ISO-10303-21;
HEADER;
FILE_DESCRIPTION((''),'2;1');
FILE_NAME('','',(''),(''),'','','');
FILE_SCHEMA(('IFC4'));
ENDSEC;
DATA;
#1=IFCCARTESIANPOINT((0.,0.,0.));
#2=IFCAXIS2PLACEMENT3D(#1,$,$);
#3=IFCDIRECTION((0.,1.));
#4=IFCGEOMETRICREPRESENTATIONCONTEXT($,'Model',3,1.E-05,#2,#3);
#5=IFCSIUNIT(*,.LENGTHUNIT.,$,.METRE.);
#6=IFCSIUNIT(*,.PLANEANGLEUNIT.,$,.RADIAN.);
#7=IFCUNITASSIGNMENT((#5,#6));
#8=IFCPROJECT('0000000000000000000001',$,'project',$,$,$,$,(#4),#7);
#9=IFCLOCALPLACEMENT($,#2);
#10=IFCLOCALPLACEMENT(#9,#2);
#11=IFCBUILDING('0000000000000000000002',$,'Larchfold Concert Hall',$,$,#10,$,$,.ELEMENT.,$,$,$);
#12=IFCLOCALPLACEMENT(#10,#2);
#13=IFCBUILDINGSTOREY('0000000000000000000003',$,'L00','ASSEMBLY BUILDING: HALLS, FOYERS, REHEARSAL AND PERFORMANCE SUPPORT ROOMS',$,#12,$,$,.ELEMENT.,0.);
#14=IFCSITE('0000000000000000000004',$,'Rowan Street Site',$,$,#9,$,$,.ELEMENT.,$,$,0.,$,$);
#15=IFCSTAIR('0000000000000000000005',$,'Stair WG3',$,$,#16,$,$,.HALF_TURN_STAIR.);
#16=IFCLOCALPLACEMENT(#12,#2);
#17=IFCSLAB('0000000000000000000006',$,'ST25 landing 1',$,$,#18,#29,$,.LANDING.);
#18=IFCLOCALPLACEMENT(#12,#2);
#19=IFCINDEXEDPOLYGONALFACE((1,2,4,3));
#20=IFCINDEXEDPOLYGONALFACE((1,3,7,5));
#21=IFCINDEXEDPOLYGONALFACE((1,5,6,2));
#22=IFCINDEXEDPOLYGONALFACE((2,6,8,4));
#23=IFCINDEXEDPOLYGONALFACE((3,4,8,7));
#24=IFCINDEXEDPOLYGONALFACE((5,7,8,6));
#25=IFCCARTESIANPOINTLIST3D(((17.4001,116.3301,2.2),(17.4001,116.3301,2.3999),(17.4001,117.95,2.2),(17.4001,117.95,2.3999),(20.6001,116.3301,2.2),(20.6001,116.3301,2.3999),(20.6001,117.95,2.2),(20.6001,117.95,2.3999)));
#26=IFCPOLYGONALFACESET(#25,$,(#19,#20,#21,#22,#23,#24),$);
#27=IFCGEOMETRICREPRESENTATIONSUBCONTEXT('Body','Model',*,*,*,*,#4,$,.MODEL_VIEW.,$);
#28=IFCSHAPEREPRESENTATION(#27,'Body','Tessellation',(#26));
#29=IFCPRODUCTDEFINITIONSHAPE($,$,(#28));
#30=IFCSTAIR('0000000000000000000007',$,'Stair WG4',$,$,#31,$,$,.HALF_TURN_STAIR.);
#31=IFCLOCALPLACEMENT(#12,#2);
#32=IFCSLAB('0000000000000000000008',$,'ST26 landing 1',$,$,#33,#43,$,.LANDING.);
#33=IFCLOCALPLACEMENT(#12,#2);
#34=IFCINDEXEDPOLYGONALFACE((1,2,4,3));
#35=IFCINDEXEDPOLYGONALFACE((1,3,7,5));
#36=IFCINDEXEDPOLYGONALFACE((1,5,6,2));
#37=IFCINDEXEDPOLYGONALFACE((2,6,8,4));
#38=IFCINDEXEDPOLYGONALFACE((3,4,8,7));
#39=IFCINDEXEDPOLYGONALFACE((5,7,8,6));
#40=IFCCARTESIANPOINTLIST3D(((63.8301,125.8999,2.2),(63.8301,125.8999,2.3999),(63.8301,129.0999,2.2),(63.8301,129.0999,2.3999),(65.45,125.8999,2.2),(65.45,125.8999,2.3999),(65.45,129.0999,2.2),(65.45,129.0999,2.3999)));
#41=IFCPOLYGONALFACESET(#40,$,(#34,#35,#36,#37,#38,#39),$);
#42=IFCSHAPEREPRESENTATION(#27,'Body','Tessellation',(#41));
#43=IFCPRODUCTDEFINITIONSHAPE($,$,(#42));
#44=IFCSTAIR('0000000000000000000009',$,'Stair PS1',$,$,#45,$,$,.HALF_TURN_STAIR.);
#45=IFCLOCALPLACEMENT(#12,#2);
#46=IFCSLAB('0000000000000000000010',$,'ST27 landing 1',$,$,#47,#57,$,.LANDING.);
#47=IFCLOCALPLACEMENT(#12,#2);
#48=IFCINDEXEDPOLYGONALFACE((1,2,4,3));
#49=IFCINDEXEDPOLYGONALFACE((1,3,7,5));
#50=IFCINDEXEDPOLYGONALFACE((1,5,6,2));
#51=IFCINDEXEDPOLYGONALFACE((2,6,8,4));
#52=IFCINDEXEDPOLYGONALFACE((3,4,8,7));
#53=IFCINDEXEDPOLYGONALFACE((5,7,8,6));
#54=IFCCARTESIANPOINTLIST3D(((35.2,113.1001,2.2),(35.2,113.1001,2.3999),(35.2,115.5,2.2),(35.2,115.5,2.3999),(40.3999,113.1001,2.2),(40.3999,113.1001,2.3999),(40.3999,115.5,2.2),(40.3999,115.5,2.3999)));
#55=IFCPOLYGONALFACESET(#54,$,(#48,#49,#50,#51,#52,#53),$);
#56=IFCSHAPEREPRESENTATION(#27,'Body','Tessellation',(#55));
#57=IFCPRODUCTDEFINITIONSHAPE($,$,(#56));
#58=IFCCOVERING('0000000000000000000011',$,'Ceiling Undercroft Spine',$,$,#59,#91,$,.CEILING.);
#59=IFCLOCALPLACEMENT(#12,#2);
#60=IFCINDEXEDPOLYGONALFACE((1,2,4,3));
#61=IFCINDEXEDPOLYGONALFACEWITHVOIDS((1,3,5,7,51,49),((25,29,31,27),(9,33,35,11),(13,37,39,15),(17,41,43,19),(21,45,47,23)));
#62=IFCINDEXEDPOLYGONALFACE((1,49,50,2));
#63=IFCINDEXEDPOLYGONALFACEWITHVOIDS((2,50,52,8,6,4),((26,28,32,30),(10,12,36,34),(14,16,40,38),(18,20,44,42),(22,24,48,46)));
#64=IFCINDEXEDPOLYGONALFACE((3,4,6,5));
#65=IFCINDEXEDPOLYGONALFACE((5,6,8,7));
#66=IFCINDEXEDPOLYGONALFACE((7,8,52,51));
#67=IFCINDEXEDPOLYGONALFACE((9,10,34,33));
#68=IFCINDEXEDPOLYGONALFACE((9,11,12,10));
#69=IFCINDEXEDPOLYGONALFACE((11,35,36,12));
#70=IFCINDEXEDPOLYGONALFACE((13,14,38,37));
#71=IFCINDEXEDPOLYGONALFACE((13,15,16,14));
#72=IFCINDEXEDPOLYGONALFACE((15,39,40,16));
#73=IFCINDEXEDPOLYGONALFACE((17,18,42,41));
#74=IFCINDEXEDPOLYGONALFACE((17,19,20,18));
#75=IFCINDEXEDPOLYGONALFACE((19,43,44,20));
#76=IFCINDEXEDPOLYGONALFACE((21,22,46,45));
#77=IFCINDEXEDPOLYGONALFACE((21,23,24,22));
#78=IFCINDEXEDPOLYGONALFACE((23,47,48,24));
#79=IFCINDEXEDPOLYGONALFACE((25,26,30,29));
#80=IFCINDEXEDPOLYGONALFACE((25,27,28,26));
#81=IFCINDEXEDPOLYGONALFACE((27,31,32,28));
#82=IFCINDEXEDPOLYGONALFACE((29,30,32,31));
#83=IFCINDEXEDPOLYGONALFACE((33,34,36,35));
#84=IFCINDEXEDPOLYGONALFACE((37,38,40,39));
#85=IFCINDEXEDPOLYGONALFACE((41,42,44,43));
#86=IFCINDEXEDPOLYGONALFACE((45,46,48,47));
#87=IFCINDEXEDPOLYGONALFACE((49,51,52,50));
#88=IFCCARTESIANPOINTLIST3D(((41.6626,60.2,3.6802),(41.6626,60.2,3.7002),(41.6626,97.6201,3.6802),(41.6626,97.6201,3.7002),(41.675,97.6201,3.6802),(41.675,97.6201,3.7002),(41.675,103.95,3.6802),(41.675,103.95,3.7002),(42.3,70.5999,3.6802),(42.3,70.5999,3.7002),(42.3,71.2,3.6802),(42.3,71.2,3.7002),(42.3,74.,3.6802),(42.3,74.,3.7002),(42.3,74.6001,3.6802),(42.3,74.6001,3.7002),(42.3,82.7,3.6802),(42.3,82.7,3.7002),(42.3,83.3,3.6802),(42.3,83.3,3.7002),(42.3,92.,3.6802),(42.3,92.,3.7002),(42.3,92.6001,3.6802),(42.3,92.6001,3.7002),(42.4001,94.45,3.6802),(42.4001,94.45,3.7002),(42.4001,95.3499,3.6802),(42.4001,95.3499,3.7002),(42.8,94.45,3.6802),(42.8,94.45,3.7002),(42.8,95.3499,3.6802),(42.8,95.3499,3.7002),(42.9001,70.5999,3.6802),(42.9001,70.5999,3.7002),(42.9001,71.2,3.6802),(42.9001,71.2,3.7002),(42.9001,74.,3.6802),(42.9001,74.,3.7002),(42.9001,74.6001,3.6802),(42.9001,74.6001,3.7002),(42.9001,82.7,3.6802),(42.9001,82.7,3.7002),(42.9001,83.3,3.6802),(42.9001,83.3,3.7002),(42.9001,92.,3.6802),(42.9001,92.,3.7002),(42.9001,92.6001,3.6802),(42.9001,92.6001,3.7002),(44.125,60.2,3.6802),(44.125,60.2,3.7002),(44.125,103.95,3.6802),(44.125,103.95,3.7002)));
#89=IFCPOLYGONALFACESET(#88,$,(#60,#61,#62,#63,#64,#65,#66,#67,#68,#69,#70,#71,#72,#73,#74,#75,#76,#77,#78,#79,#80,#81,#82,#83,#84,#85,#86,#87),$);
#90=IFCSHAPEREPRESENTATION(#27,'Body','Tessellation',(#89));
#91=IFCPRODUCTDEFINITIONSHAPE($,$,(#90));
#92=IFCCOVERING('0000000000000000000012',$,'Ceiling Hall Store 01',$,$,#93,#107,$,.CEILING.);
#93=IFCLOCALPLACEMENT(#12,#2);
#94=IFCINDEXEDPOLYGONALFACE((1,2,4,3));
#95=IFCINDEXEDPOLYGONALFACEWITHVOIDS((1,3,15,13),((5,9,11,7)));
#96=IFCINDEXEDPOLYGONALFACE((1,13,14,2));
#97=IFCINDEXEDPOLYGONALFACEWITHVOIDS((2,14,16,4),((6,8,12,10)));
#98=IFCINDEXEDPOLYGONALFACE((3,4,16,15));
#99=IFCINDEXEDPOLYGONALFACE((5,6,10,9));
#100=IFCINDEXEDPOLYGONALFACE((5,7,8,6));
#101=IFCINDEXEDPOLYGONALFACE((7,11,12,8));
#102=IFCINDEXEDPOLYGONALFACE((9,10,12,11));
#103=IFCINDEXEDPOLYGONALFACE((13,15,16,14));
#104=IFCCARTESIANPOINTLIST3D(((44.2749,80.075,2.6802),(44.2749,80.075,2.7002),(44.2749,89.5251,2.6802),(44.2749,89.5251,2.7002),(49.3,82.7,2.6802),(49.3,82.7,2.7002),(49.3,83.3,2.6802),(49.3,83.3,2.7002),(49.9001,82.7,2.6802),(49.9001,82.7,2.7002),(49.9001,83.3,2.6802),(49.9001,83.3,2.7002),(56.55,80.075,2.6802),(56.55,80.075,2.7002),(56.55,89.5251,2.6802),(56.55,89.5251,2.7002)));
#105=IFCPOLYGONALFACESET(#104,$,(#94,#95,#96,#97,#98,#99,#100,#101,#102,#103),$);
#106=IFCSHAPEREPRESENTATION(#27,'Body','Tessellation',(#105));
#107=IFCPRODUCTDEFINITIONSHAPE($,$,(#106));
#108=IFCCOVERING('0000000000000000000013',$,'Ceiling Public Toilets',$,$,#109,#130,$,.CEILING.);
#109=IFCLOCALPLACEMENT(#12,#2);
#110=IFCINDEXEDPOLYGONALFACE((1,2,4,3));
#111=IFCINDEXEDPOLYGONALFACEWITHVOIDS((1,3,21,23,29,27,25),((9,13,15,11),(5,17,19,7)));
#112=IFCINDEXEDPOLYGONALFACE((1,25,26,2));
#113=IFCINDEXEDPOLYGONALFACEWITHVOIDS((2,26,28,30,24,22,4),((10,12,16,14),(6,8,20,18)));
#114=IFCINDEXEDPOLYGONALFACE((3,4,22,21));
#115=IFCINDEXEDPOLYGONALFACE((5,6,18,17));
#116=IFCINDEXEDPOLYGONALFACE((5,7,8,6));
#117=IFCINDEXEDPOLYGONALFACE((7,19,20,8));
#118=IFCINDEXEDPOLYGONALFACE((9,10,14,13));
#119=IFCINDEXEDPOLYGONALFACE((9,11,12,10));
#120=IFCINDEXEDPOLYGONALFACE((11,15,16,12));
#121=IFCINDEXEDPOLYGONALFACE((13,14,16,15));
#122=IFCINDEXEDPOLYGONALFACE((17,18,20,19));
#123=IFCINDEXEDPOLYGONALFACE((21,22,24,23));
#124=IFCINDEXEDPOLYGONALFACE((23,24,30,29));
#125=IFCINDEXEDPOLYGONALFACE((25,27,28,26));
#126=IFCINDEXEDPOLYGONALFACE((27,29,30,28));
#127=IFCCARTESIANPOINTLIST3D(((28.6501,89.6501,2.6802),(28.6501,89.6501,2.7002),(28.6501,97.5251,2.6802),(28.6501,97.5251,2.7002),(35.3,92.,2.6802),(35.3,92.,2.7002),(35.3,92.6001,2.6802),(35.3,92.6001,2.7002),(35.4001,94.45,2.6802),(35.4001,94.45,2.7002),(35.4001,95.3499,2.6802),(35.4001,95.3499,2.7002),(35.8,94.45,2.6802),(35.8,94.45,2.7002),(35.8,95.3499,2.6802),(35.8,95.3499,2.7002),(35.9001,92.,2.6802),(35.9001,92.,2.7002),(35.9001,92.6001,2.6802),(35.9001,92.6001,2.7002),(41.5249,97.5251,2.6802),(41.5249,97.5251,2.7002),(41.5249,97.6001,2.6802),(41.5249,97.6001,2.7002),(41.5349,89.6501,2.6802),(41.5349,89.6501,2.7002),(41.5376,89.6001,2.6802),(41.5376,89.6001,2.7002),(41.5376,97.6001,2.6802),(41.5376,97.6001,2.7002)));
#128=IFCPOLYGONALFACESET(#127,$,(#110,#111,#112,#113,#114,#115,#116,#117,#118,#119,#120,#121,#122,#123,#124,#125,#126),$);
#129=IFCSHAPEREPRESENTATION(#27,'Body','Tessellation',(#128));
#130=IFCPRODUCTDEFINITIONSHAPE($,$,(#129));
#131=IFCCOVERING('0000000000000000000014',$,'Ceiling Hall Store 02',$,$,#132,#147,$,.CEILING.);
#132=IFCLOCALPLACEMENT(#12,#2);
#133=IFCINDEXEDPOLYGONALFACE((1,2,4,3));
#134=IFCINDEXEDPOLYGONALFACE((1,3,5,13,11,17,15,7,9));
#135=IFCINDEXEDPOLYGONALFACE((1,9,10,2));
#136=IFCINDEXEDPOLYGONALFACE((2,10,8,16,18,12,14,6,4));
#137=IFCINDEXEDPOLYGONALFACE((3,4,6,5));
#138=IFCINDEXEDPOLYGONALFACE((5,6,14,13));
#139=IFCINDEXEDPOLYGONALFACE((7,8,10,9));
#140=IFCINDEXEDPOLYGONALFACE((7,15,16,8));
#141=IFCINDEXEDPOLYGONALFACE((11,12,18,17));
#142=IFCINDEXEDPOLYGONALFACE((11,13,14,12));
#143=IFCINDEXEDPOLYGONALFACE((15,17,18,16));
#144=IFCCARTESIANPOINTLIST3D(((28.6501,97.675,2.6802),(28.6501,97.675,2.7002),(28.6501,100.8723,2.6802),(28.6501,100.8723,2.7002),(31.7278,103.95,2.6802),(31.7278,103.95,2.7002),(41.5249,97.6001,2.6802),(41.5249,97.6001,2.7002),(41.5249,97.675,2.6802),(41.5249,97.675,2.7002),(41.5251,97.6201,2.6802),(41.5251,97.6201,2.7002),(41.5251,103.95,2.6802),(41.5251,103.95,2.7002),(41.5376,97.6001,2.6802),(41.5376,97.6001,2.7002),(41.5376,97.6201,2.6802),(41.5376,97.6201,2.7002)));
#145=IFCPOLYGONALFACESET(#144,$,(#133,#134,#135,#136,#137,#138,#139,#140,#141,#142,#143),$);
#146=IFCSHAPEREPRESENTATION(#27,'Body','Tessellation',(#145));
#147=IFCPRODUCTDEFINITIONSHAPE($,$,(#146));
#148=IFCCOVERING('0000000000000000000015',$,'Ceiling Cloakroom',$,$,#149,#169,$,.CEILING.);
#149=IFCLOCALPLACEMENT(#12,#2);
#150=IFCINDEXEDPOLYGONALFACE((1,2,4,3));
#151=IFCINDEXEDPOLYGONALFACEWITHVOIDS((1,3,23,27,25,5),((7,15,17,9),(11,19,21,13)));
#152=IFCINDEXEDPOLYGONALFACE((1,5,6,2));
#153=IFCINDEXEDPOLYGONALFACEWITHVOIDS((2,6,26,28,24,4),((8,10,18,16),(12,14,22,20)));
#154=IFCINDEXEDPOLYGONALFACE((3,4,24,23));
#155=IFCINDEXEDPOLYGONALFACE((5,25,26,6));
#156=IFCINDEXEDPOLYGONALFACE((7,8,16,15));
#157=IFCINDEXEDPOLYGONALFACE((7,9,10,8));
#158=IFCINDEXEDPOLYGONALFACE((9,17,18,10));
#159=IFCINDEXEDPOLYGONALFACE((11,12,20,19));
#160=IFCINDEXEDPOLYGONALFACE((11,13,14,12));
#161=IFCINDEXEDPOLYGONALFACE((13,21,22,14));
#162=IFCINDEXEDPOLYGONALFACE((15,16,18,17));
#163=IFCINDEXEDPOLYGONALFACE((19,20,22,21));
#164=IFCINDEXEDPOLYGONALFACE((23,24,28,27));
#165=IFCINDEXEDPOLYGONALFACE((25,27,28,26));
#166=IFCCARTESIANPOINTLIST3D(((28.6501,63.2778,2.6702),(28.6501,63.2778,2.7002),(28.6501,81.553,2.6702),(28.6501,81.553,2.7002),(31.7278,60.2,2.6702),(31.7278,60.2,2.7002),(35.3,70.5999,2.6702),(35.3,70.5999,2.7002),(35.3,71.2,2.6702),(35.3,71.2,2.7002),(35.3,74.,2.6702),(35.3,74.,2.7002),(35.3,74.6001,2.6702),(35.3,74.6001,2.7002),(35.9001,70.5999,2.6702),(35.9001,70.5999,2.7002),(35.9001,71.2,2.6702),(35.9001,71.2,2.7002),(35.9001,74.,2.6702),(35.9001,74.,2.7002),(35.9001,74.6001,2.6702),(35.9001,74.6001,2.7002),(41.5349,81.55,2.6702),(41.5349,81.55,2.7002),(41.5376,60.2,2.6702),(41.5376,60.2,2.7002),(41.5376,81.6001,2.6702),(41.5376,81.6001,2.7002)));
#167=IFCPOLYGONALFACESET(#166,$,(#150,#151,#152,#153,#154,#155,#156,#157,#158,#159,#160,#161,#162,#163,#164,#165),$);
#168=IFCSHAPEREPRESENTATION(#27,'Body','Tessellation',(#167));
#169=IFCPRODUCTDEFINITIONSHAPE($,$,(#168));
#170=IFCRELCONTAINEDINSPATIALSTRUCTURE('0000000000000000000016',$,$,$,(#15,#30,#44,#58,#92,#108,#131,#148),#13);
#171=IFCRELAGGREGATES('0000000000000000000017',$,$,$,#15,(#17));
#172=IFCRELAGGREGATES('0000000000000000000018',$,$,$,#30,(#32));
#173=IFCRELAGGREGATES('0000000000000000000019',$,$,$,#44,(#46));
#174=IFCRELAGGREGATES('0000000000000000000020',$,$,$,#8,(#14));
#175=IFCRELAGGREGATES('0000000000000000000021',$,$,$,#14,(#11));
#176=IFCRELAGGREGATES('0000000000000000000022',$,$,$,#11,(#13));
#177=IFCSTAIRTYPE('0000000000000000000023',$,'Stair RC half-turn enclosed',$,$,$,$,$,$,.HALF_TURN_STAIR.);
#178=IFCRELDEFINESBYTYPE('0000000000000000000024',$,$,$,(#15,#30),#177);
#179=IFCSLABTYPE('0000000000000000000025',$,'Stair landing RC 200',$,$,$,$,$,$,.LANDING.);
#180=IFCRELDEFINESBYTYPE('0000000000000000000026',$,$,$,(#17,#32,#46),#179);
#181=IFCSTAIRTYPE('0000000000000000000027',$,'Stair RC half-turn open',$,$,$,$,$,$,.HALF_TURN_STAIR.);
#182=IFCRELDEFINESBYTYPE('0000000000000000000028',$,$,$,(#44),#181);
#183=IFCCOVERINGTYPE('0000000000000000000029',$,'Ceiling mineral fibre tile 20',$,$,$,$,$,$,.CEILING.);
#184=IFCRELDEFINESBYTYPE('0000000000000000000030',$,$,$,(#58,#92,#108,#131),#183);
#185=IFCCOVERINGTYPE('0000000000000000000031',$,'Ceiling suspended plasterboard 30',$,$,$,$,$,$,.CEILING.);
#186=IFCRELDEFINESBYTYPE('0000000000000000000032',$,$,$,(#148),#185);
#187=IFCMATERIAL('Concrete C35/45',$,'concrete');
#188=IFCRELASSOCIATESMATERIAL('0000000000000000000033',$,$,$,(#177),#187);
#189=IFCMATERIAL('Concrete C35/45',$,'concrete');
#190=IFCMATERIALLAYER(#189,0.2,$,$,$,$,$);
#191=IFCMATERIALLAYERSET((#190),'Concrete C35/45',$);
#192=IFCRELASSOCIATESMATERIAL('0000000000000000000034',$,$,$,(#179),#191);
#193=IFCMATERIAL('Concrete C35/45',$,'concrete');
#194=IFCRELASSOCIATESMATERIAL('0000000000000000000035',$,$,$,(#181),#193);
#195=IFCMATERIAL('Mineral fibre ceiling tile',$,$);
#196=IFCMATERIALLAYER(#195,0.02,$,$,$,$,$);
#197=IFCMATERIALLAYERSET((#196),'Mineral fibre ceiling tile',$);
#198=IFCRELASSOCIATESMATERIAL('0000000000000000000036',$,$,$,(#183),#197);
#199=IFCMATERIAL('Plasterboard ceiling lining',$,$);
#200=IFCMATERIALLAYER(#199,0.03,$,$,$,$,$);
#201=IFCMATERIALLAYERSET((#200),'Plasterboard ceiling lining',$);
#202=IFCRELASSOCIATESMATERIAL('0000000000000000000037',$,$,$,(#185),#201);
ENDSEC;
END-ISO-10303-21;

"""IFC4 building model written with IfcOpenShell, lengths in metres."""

from ifc_helpers import new_model, si_unit, direction, frame, origin, place, context, subcontext, project, spatial, polyline, outline, extrude, material, layer, layer_set, type_object, element, aggregate, save


model = new_model("IFC4")

# Units and contexts
model_context = context("Model", 3, precision=1e-05, world=origin(), true_north=direction((0.0, 1.0)))
body_context = subcontext(model_context, "Body", "Model", "MODEL_VIEW")
ifc_project = project(units=[si_unit("LENGTHUNIT", "METRE"), si_unit("PLANEANGLEUNIT", "RADIAN")], contexts=[model_context])

# Site, building, storey
site_placement = place(None, origin())
site = spatial("IfcSite", under=ifc_project, at=site_placement, Name="Rowan Street Site", CompositionType="ELEMENT", RefElevation=0.0)
building_placement = place(site_placement, origin())
building = spatial("IfcBuilding", under=site, at=building_placement, Name="Larchfold Concert Hall", CompositionType="ELEMENT")
storey_placement = place(building_placement, origin())
storey = spatial("IfcBuildingStorey", under=building, at=storey_placement, Name="L00", Description="ASSEMBLY BUILDING: HALLS, FOYERS, REHEARSAL AND PERFORMANCE SUPPORT ROOMS", CompositionType="ELEMENT", Elevation=0.0)

# Stairs, slabs
ifc_material_1 = material(Name="Concrete C35/45", Category="concrete")
stair_type_1 = type_object("IfcStairType", Name="Stair RC half-turn enclosed", PredefinedType="HALF_TURN_STAIR", material=ifc_material_1)
ifc_material_2 = material(Name="Concrete C35/45", Category="concrete")
ifc_layer_1 = layer(ifc_material_2, 0.2)
ifc_layer_set_1 = layer_set([ifc_layer_1], Name="Concrete C35/45")
slab_type = type_object("IfcSlabType", Name="Stair landing RC 200", PredefinedType="LANDING", material=ifc_layer_set_1)
stair_1_placement = place(storey_placement, origin())
stair_1 = element("IfcStair", 1, at=stair_1_placement, inside=storey, type_object=stair_type_1, Name="Stair WG3", PredefinedType="HALF_TURN_STAIR")
slab_1_placement = place(storey_placement, frame((0.0, 0.0, 2.2)))
slab_1 = element("IfcSlab", 2, at=slab_1_placement, type_object=slab_type, Name="ST25 landing 1", PredefinedType="LANDING", context=body_context, shape_type="SweptSolid", body=[
    extrude(outline(polyline([(20.6001, 116.3301), (20.6001, 117.95), (17.4001, 117.95), (17.4001, 116.3301), (20.6001, 116.3301)])), origin(), (0.0, 0.0, 1.0), 0.2),
])
aggregate(stair_1, [slab_1])
stair_2_placement = place(storey_placement, origin())
stair_2 = element("IfcStair", 3, at=stair_2_placement, inside=storey, type_object=stair_type_1, Name="Stair WG4", PredefinedType="HALF_TURN_STAIR")
slab_2_placement = place(storey_placement, frame((0.0, 0.0, 2.2)))
slab_2 = element("IfcSlab", 4, at=slab_2_placement, type_object=slab_type, Name="ST26 landing 1", PredefinedType="LANDING", context=body_context, shape_type="SweptSolid", body=[
    extrude(outline(polyline([(63.8301, 125.8999), (65.45, 125.8999), (65.45, 129.0999), (63.8301, 129.0999), (63.8301, 125.8999)])), origin(), (0.0, 0.0, 1.0), 0.2),
])
aggregate(stair_2, [slab_2])
ifc_material_3 = material(Name="Concrete C35/45", Category="concrete")
stair_type_2 = type_object("IfcStairType", Name="Stair RC half-turn open", PredefinedType="HALF_TURN_STAIR", material=ifc_material_3)
stair_3_placement = place(storey_placement, origin())
stair_3 = element("IfcStair", 5, at=stair_3_placement, inside=storey, type_object=stair_type_2, Name="Stair PS1", PredefinedType="HALF_TURN_STAIR")
slab_3_placement = place(storey_placement, frame((0.0, 0.0, 2.2)))
slab_3 = element("IfcSlab", 6, at=slab_3_placement, type_object=slab_type, Name="ST27 landing 1", PredefinedType="LANDING", context=body_context, shape_type="SweptSolid", body=[
    extrude(outline(polyline([(40.3999, 113.1001), (40.3999, 115.5), (35.2, 115.5), (35.2, 113.1001), (40.3999, 113.1001)])), origin(), (0.0, 0.0, 1.0), 0.2),
])
aggregate(stair_3, [slab_3])

# Coverings
ifc_material_4 = material(Name="Mineral fibre ceiling tile")
ifc_layer_2 = layer(ifc_material_4, 0.02)
ifc_layer_set_2 = layer_set([ifc_layer_2], Name="Mineral fibre ceiling tile")
covering_type_1 = type_object("IfcCoveringType", Name="Ceiling mineral fibre tile 20", PredefinedType="CEILING", material=ifc_layer_set_2)
covering_1_placement = place(storey_placement, frame((0.0, 0.0, 3.6802)))
element("IfcCovering", 7, at=covering_1_placement, inside=storey, type_object=covering_type_1, Name="Ceiling Undercroft Spine", PredefinedType="CEILING", context=body_context, shape_type="SweptSolid", body=[
    extrude(outline(polyline([(41.6626, 60.2), (44.125, 60.2), (44.125, 103.95), (41.675, 103.95), (41.675, 97.6201), (41.6626, 97.6201), (41.6626, 60.2)]), holes=[polyline([(42.3, 70.5999), (42.3, 71.2), (42.9001, 71.2), (42.9001, 70.5999), (42.3, 70.5999)]), polyline([(42.3, 82.7), (42.3, 83.3), (42.9001, 83.3), (42.9001, 82.7), (42.3, 82.7)]), polyline([(42.9001, 74.0), (42.3, 74.0), (42.3, 74.6001), (42.9001, 74.6001), (42.9001, 74.0)]), polyline([(42.9001, 92.0), (42.3, 92.0), (42.3, 92.6001), (42.9001, 92.6001), (42.9001, 92.0)]), polyline([(42.4001, 94.45), (42.4001, 95.3499), (42.8, 95.3499), (42.8, 94.45), (42.4001, 94.45)])]), origin(), (0.0, 0.0, 1.0), 0.02),
])
covering_2_placement = place(storey_placement, frame((0.0, 0.0, 2.6802)))
element("IfcCovering", 8, at=covering_2_placement, inside=storey, type_object=covering_type_1, Name="Ceiling Hall Store 01", PredefinedType="CEILING", context=body_context, shape_type="SweptSolid", body=[
    extrude(outline(polyline([(56.55, 89.5251), (44.2749, 89.5251), (44.2749, 80.075), (56.55, 80.075), (56.55, 89.5251)]), holes=[polyline([(49.9001, 82.7), (49.3, 82.7), (49.3, 83.3), (49.9001, 83.3), (49.9001, 82.7)])]), origin(), (0.0, 0.0, 1.0), 0.02),
])
covering_3_placement = place(storey_placement, frame((0.0, 0.0, 2.6802)))
element("IfcCovering", 9, at=covering_3_placement, inside=storey, type_object=covering_type_1, Name="Ceiling Public Toilets", PredefinedType="CEILING", context=body_context, shape_type="SweptSolid", body=[
    extrude(outline(polyline([(28.6501, 97.5251), (28.6501, 89.6501), (41.5349, 89.6501), (41.5376, 89.6001), (41.5376, 97.6001), (41.5249, 97.6001), (41.5249, 97.5251), (28.6501, 97.5251)]), holes=[polyline([(35.9001, 92.0), (35.3, 92.0), (35.3, 92.6001), (35.9001, 92.6001), (35.9001, 92.0)]), polyline([(35.4001, 94.45), (35.4001, 95.3499), (35.8, 95.3499), (35.8, 94.45), (35.4001, 94.45)])]), origin(), (0.0, 0.0, 1.0), 0.02),
])
covering_4_placement = place(storey_placement, frame((0.0, 0.0, 2.6802)))
element("IfcCovering", 10, at=covering_4_placement, inside=storey, type_object=covering_type_1, Name="Ceiling Hall Store 02", PredefinedType="CEILING", context=body_context, shape_type="SweptSolid", body=[
    extrude(outline(polyline([(28.6501, 100.8723), (28.6501, 97.675), (41.5249, 97.675), (41.5249, 97.6001), (41.5376, 97.6001), (41.5376, 97.6201), (41.5251, 97.6201), (41.5251, 103.95), (31.7278, 103.95), (28.6501, 100.8723)])), origin(), (0.0, 0.0, 1.0), 0.02),
])
ifc_material_5 = material(Name="Plasterboard ceiling lining")
ifc_layer_3 = layer(ifc_material_5, 0.03)
ifc_layer_set_3 = layer_set([ifc_layer_3], Name="Plasterboard ceiling lining")
covering_type_2 = type_object("IfcCoveringType", Name="Ceiling suspended plasterboard 30", PredefinedType="CEILING", material=ifc_layer_set_3)
covering_5_placement = place(storey_placement, frame((0.0, 0.0, 2.6702)))
element("IfcCovering", 11, at=covering_5_placement, inside=storey, type_object=covering_type_2, Name="Ceiling Cloakroom", PredefinedType="CEILING", context=body_context, shape_type="SweptSolid", body=[
    extrude(outline(polyline([(41.5349, 81.55), (28.6501, 81.553), (28.6501, 63.2778), (31.7278, 60.2), (41.5376, 60.2), (41.5376, 81.6001), (41.5349, 81.55)]), holes=[polyline([(35.3, 70.5999), (35.3, 71.2), (35.9001, 71.2), (35.9001, 70.5999), (35.3, 70.5999)]), polyline([(35.9001, 74.0), (35.3, 74.0), (35.3, 74.6001), (35.9001, 74.6001), (35.9001, 74.0)])]), origin(), (0.0, 0.0, 1.0), 0.03),
])

save(model, "model.ifc")
